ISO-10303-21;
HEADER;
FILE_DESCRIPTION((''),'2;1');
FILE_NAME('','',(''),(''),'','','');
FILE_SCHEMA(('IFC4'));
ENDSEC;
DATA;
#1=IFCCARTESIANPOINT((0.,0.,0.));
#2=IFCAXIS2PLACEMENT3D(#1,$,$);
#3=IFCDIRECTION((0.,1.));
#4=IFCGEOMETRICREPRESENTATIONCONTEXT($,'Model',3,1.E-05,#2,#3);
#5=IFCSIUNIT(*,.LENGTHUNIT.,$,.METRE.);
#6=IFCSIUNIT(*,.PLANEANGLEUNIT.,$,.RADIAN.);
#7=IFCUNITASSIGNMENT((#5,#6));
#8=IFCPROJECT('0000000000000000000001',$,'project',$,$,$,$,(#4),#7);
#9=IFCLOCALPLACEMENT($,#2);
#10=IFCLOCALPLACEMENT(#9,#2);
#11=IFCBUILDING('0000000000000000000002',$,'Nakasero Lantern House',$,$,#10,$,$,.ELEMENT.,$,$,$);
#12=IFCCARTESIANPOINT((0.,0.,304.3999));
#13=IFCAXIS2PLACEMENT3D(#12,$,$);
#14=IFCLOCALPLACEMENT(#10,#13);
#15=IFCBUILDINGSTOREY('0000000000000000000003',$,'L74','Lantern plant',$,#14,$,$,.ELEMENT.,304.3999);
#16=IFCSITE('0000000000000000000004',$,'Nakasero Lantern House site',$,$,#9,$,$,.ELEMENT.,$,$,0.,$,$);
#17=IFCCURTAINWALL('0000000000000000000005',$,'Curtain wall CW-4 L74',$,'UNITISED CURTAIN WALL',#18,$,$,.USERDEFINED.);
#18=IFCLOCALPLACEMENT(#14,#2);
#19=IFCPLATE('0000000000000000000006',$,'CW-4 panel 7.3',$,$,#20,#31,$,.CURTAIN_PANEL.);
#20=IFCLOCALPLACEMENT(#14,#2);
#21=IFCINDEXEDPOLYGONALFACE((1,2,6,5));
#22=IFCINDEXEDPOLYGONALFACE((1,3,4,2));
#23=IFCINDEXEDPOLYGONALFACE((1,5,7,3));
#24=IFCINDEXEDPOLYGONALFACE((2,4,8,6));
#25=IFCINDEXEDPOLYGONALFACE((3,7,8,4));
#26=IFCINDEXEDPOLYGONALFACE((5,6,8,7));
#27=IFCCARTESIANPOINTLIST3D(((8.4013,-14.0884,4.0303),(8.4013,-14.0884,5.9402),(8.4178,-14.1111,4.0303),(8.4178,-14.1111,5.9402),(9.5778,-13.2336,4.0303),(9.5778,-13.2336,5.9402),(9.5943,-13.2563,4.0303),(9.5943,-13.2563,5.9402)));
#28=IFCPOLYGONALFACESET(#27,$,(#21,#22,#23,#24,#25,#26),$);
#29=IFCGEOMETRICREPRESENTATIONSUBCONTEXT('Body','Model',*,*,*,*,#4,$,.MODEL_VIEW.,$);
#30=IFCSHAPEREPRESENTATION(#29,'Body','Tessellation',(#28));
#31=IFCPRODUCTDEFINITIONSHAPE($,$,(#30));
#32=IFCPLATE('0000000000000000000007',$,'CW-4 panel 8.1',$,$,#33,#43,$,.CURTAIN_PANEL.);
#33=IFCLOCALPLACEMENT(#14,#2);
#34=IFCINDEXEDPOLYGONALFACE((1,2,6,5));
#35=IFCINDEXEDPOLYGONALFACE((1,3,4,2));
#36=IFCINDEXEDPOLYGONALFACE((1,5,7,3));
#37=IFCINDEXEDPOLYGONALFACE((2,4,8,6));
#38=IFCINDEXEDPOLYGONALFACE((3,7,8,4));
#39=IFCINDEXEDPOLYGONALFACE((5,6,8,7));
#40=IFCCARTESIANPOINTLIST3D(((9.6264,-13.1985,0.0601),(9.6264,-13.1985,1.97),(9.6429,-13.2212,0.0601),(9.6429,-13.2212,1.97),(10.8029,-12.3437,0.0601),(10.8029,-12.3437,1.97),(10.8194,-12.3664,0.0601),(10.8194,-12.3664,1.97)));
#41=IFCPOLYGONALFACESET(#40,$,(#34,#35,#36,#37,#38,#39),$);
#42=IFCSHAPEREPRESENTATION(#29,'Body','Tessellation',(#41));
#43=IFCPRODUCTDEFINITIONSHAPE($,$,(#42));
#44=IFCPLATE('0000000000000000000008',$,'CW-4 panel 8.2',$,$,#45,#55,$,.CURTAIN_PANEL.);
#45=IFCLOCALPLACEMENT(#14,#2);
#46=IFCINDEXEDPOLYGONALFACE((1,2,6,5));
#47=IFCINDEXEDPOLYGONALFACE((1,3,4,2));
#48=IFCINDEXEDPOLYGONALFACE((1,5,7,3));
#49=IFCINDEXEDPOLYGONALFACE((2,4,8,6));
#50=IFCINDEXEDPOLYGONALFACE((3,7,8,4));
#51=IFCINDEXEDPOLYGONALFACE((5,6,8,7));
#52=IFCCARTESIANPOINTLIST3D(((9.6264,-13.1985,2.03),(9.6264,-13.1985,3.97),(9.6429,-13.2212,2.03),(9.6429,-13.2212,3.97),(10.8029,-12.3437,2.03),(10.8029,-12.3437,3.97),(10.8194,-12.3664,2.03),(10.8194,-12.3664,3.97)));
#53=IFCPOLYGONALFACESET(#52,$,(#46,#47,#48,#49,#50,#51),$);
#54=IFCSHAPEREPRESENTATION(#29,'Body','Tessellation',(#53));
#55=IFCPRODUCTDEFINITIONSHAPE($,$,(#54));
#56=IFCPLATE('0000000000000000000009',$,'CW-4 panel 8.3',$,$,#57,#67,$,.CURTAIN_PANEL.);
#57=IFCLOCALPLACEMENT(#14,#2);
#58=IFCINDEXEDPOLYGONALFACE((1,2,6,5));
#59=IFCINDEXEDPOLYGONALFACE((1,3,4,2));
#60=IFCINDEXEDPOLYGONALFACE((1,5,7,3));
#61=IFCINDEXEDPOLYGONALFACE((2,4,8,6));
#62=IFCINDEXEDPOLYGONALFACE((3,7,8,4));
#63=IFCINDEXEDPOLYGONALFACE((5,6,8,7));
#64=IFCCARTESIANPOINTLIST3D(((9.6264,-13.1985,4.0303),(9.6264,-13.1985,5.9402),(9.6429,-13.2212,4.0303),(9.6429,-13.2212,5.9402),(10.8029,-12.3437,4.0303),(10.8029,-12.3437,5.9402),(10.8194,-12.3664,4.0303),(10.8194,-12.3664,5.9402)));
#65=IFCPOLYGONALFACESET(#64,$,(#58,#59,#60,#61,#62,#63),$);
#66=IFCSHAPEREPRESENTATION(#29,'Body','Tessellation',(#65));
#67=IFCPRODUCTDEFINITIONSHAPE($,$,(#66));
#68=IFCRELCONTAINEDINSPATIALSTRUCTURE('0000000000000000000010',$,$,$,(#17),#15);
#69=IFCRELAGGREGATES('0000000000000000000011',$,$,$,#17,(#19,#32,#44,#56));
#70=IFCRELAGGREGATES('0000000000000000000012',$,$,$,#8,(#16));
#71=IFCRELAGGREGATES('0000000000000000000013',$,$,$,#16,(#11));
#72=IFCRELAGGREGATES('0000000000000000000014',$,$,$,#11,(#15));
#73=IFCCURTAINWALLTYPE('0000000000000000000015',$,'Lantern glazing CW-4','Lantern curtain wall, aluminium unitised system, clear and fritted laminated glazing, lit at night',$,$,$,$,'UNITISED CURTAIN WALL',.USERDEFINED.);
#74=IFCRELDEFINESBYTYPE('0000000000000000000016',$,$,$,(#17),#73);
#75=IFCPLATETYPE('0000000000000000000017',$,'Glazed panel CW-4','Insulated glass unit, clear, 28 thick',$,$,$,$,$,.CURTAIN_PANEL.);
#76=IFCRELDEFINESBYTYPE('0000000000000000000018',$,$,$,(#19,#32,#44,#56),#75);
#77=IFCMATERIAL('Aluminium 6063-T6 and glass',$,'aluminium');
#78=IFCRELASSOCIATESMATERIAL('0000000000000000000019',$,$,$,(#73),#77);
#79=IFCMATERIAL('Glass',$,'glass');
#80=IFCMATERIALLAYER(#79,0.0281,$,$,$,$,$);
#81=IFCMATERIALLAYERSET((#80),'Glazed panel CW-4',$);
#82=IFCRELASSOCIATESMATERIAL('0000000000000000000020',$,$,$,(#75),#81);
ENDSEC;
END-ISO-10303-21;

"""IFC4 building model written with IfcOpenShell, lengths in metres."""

from ifc_helpers import new_model, si_unit, direction, frame, origin, origin_2d, place, context, subcontext, project, spatial, rectangle, extrude, material, layer, layer_set, type_object, element, aggregate, save


model = new_model("IFC4")

# Units and contexts
model_context = context("Model", 3, precision=1e-05, world=origin(), true_north=direction((0.0, 1.0)))
body_context = subcontext(model_context, "Body", "Model", "MODEL_VIEW")
ifc_project = project(units=[si_unit("LENGTHUNIT", "METRE"), si_unit("PLANEANGLEUNIT", "RADIAN")], contexts=[model_context])

# Site, building, storey
site_placement = place(None, origin())
site = spatial("IfcSite", under=ifc_project, at=site_placement, Name="Nakasero Lantern House site", CompositionType="ELEMENT", RefElevation=0.0)
building_placement = place(site_placement, origin())
building = spatial("IfcBuilding", under=site, at=building_placement, Name="Nakasero Lantern House", CompositionType="ELEMENT")
storey_placement = place(building_placement, frame((0.0, 0.0, 304.3999)))
storey = spatial("IfcBuildingStorey", under=building, at=storey_placement, Name="L74", Description="Lantern plant", CompositionType="ELEMENT", Elevation=304.3999)

# Curtain wall
ifc_material_1 = material(Name="Aluminium 6063-T6 and glass", Category="aluminium")
curtain_wall_type = type_object("IfcCurtainWallType", Name="Lantern glazing CW-4", Description="Lantern curtain wall, aluminium unitised system, clear and fritted laminated glazing, lit at night", ElementType="UNITISED CURTAIN WALL", PredefinedType="USERDEFINED", material=ifc_material_1)
curtain_wall_placement = place(storey_placement, origin())
curtain_wall = element("IfcCurtainWall", 1, at=curtain_wall_placement, inside=storey, type_object=curtain_wall_type, Name="Curtain wall CW-4 L74", ObjectType="UNITISED CURTAIN WALL", PredefinedType="USERDEFINED")

# Plates
ifc_material_2 = material(Name="Glass", Category="glass")
ifc_layer = layer(ifc_material_2, 0.0281)
ifc_layer_set = layer_set([ifc_layer], Name="Glazed panel CW-4")
plate_type = type_object("IfcPlateType", Name="Glazed panel CW-4", Description="Insulated glass unit, clear, 28 thick", PredefinedType="CURTAIN_PANEL", material=ifc_layer_set)
plate_1_placement = place(storey_placement, frame((8.9978, -13.6724, 4.0303), z_axis=(0.0, 0.0, 1.0), x_axis=(0.809017, 0.587785, 0.0)))
plate_1 = element("IfcPlate", 2, at=plate_1_placement, type_object=plate_type, Name="CW-4 panel 7.3", PredefinedType="CURTAIN_PANEL", context=body_context, shape_type="SweptSolid", body=[
    extrude(rectangle(XDim=1.4543, YDim=0.0281, at=origin_2d()), origin(), (0.0, 0.0, 1.0), 1.9099),
])
plate_2_placement = place(storey_placement, frame((10.2229, -12.7825, 0.0601), z_axis=(0.0, 0.0, 1.0), x_axis=(0.809017, 0.587785, 0.0)))
plate_2 = element("IfcPlate", 3, at=plate_2_placement, type_object=plate_type, Name="CW-4 panel 8.1", PredefinedType="CURTAIN_PANEL", context=body_context, shape_type="SweptSolid", body=[
    extrude(rectangle(XDim=1.4543, YDim=0.0281, at=origin_2d()), origin(), (0.0, 0.0, 1.0), 1.9099),
])
plate_3_placement = place(storey_placement, frame((10.2229, -12.7825, 2.03), z_axis=(0.0, 0.0, 1.0), x_axis=(0.809017, 0.587785, 0.0)))
plate_3 = element("IfcPlate", 4, at=plate_3_placement, type_object=plate_type, Name="CW-4 panel 8.2", PredefinedType="CURTAIN_PANEL", context=body_context, shape_type="SweptSolid", body=[
    extrude(rectangle(XDim=1.4543, YDim=0.0281, at=origin_2d()), origin(), (0.0, 0.0, 1.0), 1.9399),
])
plate_4_placement = place(storey_placement, frame((10.2229, -12.7825, 4.0303), z_axis=(0.0, 0.0, 1.0), x_axis=(0.809017, 0.587785, 0.0)))
plate_4 = element("IfcPlate", 5, at=plate_4_placement, type_object=plate_type, Name="CW-4 panel 8.3", PredefinedType="CURTAIN_PANEL", context=body_context, shape_type="SweptSolid", body=[
    extrude(rectangle(XDim=1.4543, YDim=0.0281, at=origin_2d()), origin(), (0.0, 0.0, 1.0), 1.9099),
])
aggregate(curtain_wall, [plate_1, plate_2, plate_3, plate_4])

save(model, "model.ifc")
